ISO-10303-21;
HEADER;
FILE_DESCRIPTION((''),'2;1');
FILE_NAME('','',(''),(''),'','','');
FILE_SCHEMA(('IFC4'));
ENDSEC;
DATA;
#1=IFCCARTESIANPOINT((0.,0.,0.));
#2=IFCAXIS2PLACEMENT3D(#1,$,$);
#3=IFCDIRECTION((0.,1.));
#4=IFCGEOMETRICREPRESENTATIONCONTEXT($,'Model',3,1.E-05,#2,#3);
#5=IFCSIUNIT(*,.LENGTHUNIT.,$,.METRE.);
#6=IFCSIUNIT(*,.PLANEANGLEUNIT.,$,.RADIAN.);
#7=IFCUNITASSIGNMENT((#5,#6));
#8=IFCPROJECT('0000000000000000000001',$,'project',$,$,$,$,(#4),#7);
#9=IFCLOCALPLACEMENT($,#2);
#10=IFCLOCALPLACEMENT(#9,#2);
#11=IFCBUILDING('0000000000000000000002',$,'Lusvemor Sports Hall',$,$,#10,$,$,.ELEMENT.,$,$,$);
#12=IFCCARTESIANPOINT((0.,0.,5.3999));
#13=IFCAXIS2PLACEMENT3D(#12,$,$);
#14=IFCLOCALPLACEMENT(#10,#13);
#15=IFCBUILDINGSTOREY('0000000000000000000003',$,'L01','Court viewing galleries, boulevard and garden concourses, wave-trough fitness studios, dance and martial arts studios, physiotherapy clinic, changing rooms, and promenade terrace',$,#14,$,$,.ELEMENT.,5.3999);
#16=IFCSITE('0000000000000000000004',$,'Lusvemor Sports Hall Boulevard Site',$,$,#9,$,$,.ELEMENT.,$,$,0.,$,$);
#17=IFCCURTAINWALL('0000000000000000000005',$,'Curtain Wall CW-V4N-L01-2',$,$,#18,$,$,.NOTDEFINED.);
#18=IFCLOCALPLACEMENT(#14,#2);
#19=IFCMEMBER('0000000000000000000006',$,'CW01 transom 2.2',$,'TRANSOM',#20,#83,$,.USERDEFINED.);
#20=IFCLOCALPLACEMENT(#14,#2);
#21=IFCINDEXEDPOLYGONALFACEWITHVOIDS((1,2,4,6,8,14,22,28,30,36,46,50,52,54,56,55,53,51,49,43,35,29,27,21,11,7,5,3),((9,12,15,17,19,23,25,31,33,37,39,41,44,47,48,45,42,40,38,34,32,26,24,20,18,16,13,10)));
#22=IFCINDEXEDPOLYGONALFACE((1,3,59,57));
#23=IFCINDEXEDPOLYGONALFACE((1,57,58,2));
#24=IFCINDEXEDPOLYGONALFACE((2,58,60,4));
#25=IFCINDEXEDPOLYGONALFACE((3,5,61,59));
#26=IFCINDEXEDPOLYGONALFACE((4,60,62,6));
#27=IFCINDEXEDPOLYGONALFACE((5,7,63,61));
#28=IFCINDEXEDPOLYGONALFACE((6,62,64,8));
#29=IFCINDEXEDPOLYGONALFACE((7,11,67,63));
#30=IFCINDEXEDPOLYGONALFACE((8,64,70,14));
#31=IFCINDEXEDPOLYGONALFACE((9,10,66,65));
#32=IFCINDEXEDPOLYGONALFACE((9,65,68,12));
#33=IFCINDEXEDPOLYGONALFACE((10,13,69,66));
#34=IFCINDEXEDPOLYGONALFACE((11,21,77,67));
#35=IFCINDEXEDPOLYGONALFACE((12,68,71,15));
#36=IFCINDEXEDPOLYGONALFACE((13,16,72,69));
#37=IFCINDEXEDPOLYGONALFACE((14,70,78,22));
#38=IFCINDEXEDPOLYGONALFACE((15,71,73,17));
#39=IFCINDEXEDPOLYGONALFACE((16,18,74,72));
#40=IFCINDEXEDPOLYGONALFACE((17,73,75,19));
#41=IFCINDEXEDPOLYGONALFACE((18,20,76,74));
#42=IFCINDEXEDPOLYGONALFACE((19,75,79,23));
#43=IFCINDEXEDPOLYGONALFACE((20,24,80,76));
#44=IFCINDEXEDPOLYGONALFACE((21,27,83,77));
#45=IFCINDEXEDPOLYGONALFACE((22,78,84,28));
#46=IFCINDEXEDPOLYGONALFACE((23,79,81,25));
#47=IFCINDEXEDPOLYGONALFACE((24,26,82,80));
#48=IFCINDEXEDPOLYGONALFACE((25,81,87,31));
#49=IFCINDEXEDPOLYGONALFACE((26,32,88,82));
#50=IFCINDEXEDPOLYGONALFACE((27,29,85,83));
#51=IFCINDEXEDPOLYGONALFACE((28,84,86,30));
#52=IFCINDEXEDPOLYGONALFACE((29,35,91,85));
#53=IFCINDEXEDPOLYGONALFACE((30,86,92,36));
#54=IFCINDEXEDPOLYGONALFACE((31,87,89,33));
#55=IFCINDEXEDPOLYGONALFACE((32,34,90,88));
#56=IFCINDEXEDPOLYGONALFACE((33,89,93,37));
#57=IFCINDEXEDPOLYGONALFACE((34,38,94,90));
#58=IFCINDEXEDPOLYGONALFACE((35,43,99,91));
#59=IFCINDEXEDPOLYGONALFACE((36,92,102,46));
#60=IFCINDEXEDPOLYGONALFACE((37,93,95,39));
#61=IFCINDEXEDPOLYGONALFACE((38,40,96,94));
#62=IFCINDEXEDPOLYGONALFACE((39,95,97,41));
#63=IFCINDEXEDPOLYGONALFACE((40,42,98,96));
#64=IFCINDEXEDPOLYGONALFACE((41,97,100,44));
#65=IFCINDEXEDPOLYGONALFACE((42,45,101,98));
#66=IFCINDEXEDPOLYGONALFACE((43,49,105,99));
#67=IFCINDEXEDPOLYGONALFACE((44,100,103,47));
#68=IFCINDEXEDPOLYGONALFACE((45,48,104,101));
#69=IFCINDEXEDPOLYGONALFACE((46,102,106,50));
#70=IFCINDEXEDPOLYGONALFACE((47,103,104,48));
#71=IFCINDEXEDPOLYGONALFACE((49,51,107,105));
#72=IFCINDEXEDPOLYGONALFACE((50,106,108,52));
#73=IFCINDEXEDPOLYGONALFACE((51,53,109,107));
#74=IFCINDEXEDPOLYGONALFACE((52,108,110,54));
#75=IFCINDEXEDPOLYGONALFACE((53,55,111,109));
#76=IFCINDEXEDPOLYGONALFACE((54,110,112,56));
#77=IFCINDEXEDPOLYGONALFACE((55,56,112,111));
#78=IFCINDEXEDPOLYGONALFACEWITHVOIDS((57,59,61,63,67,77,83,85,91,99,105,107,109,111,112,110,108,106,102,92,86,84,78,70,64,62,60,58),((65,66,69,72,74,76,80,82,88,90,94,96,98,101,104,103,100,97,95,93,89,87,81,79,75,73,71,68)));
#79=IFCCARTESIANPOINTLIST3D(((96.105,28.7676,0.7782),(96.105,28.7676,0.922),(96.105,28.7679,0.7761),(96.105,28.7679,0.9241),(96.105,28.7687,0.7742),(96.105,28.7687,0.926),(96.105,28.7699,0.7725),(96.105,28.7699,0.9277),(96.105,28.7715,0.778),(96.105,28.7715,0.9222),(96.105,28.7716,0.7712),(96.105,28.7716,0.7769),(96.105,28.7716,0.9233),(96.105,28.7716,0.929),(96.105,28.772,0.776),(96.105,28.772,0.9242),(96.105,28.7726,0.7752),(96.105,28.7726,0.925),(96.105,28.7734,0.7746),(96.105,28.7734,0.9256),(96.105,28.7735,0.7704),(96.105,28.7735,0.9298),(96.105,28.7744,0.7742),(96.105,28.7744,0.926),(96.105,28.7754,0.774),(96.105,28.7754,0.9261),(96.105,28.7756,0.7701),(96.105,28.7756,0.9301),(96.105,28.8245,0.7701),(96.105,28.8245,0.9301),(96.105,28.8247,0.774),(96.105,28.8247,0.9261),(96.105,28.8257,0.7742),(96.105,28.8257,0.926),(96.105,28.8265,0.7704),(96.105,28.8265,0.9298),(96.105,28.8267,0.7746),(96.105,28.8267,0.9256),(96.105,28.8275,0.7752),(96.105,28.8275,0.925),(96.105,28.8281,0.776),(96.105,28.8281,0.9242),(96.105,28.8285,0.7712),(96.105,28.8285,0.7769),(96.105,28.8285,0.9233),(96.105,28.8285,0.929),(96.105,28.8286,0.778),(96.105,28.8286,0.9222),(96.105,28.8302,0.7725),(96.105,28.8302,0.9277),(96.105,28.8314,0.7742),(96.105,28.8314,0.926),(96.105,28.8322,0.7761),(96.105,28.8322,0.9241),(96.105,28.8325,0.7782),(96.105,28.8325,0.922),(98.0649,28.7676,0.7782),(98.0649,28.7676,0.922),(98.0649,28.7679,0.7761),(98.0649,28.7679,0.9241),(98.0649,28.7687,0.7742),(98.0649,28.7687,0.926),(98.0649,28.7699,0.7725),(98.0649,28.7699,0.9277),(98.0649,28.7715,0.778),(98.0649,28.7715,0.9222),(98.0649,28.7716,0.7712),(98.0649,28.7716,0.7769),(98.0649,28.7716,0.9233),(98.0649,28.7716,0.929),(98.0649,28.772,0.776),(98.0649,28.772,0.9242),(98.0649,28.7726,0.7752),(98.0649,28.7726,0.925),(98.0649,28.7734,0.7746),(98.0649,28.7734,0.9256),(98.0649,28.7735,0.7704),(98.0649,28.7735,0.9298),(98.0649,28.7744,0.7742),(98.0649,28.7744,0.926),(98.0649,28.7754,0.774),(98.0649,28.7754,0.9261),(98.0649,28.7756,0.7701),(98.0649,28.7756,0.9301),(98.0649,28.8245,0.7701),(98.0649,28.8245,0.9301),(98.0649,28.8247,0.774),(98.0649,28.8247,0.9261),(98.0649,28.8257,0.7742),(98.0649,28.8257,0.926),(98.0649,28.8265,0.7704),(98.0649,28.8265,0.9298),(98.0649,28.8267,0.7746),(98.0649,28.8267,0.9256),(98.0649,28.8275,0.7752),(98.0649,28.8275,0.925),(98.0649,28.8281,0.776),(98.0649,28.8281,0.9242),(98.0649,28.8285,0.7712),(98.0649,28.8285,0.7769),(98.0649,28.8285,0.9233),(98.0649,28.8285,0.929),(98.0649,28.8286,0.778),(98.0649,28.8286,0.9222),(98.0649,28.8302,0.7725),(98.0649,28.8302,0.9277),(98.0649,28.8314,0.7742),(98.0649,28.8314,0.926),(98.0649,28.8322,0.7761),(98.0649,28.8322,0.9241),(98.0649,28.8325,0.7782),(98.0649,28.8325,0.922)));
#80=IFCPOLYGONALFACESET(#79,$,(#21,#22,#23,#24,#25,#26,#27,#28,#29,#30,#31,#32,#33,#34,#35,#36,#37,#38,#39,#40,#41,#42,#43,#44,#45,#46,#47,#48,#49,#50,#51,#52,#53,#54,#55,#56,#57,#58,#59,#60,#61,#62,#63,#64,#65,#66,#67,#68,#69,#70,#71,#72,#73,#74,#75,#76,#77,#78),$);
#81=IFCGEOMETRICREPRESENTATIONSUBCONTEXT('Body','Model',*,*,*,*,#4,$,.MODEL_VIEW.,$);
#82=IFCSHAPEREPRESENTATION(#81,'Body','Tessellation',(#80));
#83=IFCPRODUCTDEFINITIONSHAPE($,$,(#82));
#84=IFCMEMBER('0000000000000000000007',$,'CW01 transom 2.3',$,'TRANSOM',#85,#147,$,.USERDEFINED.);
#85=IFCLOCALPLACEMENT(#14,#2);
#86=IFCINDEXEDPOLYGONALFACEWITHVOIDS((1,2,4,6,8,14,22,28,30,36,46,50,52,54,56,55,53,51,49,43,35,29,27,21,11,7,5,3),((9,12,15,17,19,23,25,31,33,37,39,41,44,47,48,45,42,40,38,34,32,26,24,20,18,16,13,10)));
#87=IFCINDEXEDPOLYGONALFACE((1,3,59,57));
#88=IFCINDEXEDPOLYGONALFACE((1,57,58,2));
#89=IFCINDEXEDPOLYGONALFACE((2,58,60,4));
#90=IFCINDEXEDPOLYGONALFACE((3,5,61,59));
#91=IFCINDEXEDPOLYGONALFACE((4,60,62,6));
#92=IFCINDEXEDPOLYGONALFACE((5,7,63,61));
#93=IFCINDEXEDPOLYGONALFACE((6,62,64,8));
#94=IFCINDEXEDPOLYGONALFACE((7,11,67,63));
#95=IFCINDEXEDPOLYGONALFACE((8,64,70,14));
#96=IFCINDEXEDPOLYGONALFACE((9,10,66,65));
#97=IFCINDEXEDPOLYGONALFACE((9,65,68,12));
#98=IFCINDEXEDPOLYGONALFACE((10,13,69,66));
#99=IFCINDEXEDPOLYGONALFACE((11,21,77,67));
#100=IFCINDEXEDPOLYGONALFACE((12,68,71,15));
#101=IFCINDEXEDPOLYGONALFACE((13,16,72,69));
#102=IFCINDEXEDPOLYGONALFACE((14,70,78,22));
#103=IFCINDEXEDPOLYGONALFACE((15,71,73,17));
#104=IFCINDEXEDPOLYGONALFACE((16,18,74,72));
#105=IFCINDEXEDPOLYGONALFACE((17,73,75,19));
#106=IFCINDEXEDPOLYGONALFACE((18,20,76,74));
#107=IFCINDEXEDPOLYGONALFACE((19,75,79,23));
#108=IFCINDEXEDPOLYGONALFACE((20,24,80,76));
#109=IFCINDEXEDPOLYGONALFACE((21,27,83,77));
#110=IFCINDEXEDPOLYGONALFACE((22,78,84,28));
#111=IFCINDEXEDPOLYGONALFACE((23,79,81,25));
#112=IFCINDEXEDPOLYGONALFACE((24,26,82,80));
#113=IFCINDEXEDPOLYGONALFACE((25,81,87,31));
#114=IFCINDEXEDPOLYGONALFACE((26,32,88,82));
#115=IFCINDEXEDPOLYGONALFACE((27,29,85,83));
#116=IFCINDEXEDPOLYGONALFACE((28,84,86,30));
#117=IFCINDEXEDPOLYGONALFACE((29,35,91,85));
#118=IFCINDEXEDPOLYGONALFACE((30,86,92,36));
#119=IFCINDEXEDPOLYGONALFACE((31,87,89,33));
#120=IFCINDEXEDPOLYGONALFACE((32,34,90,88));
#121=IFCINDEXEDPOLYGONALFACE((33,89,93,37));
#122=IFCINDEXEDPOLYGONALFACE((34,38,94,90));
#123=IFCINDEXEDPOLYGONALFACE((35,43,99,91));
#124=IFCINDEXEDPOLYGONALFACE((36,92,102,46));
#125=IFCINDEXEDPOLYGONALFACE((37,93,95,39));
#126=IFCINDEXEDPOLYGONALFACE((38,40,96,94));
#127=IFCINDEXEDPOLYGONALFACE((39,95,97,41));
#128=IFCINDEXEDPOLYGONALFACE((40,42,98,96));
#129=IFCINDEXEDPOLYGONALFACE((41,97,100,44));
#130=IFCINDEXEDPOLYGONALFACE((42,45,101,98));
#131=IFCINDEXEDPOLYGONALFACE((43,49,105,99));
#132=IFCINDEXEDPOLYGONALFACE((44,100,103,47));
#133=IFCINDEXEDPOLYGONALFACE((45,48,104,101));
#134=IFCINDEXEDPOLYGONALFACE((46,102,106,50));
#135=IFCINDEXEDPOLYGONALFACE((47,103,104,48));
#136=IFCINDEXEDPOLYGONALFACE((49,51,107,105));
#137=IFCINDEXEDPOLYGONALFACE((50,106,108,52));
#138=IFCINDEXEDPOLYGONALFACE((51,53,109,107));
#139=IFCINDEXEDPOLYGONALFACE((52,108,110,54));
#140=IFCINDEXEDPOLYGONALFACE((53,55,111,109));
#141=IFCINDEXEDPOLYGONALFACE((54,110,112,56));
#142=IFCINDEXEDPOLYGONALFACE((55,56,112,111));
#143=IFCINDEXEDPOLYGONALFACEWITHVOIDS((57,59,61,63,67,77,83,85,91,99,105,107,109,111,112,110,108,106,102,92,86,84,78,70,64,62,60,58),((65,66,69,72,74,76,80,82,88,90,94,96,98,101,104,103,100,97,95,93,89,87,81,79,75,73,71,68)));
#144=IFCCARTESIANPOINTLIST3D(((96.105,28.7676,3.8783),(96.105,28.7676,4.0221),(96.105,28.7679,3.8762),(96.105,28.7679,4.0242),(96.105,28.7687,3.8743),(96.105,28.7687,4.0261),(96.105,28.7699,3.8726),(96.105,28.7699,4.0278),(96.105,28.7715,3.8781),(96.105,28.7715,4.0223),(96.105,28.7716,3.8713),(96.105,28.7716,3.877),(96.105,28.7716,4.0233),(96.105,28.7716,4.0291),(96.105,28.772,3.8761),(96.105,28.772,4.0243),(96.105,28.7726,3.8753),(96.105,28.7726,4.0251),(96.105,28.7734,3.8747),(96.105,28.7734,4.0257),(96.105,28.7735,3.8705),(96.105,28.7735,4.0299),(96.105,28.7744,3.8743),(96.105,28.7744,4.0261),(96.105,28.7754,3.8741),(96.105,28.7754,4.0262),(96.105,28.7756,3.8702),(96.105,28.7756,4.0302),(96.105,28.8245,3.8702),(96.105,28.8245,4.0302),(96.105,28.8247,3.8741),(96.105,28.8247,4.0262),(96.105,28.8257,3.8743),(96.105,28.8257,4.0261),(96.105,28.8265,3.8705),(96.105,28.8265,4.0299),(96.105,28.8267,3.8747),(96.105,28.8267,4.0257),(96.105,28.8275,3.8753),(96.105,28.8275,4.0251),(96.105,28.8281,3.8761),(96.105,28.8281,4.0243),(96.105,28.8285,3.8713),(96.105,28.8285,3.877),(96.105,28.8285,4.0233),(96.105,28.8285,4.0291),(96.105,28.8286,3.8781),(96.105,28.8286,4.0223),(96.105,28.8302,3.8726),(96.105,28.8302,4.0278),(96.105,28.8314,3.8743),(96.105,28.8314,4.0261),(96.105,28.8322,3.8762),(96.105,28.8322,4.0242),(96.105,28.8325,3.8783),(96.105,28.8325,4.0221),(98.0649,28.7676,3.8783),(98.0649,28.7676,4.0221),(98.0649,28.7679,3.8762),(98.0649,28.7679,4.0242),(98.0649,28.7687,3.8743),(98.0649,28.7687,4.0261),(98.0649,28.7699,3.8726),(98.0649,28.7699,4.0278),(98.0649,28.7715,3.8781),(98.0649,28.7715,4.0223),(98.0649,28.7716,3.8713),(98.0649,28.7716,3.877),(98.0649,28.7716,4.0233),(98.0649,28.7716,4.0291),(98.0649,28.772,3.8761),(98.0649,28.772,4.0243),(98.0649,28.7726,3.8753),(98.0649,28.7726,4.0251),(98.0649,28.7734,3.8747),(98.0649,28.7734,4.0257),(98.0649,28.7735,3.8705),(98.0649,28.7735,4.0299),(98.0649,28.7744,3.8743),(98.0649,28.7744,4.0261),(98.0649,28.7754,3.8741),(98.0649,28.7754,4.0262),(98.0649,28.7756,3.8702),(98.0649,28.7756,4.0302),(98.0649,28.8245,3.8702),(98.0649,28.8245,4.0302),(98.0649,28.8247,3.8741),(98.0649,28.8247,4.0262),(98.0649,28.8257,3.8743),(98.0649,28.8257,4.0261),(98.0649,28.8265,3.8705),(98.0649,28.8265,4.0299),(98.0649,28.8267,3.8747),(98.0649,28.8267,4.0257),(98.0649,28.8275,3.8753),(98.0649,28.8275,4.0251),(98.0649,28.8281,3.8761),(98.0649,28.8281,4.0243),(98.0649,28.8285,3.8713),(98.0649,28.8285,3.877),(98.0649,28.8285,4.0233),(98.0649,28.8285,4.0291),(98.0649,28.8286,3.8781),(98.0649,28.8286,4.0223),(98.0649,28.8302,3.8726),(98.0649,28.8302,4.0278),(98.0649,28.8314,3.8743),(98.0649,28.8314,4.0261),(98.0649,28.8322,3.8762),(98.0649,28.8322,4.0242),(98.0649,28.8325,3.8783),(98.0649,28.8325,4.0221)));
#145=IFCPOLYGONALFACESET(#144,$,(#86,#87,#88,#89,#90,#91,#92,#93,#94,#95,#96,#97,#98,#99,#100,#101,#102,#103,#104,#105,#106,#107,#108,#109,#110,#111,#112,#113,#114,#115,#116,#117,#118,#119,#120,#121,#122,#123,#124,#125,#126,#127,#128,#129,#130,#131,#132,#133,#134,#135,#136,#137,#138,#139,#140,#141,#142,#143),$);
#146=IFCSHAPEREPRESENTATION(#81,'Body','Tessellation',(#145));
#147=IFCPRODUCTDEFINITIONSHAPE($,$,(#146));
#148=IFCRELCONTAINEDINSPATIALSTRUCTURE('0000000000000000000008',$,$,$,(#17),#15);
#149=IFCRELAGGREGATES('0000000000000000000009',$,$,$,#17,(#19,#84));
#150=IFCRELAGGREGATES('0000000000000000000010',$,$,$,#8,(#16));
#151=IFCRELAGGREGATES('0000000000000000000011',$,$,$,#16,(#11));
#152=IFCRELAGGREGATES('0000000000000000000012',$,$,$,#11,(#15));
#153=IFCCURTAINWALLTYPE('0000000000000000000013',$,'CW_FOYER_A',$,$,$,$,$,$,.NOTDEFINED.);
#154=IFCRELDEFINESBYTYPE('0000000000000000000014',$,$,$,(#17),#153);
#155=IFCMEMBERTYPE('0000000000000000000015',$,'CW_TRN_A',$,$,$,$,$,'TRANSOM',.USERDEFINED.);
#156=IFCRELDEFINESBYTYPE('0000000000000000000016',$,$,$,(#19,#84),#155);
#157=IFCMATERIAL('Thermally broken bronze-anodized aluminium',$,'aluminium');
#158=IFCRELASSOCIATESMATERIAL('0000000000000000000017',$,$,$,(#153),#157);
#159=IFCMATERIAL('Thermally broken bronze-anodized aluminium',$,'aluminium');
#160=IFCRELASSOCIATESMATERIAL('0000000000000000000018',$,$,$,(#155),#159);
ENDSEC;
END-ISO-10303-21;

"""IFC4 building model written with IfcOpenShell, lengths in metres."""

from ifc_helpers import new_model, si_unit, direction, frame, origin, origin_2d, place, context, subcontext, project, spatial, hollow_rectangle, extrude, material, material_profile, profile_set, type_object, element, aggregate, save


model = new_model("IFC4")

# Units and contexts
model_context = context("Model", 3, precision=1e-05, world=origin(), true_north=direction((0.0, 1.0)))
body_context = subcontext(model_context, "Body", "Model", "MODEL_VIEW")
ifc_project = project(units=[si_unit("LENGTHUNIT", "METRE"), si_unit("PLANEANGLEUNIT", "RADIAN")], contexts=[model_context])

# Site, building, storey
site_placement = place(None, origin())
site = spatial("IfcSite", under=ifc_project, at=site_placement, Name="Lusvemor Sports Hall Boulevard Site", CompositionType="ELEMENT", RefElevation=0.0)
building_placement = place(site_placement, origin())
building = spatial("IfcBuilding", under=site, at=building_placement, Name="Lusvemor Sports Hall", CompositionType="ELEMENT")
storey_placement = place(building_placement, frame((0.0, 0.0, 5.3999)))
storey = spatial("IfcBuildingStorey", under=building, at=storey_placement, Name="L01", Description="Court viewing galleries, boulevard and garden concourses, wave-trough fitness studios, dance and martial arts studios, physiotherapy clinic, changing rooms, and promenade terrace", CompositionType="ELEMENT", Elevation=5.3999)

# Curtain wall
ifc_material_1 = material(Name="Thermally broken bronze-anodized aluminium", Category="aluminium")
curtain_wall_type = type_object("IfcCurtainWallType", Name="CW_FOYER_A", PredefinedType="NOTDEFINED", material=ifc_material_1)
curtain_wall_1_placement = place(storey_placement, origin())
curtain_wall_1 = element("IfcCurtainWall", 1, at=curtain_wall_1_placement, inside=storey, type_object=curtain_wall_type, Name="Curtain Wall CW-V4N-L01-2", PredefinedType="NOTDEFINED")

# Members
ifc_material_2 = material(Name="Thermally broken bronze-anodized aluminium", Category="aluminium")
ifc_material_profile_1 = material_profile(ifc_material_2, hollow_rectangle(XDim=0.0649, YDim=0.1599, WallThickness=0.0039, InnerFilletRadius=0.0039, OuterFilletRadius=0.0081, at=origin_2d()), Name="CWTRN160x65x4")
ifc_profile_set_1 = profile_set([ifc_material_profile_1], Name="Thermally broken bronze-anodized aluminium")
member_type_1 = type_object("IfcMemberType", Name="CW_TRN_A", ElementType="TRANSOM", PredefinedType="USERDEFINED", material=ifc_profile_set_1)
member_1_placement = place(storey_placement, frame((96.105, 28.8, 0.8501), z_axis=(1.0, 0.0, 0.0), x_axis=(0.0, 1.0, 0.0)))
member_1 = element("IfcMember", 2, at=member_1_placement, type_object=member_type_1, Name="CW01 transom 2.2", ObjectType="TRANSOM", PredefinedType="USERDEFINED", context=body_context, shape_type="SweptSolid", body=[
    extrude(hollow_rectangle(XDim=0.0649, YDim=0.1599, WallThickness=0.0039, InnerFilletRadius=0.0039, OuterFilletRadius=0.0081, at=origin_2d()), origin(), (0.0, 0.0, 1.0), 1.96),
])
member_2_placement = place(storey_placement, frame((96.105, 28.8, 3.9502), z_axis=(1.0, 0.0, 0.0), x_axis=(0.0, 1.0, 0.0)))
member_2 = element("IfcMember", 3, at=member_2_placement, type_object=member_type_1, Name="CW01 transom 2.3", ObjectType="TRANSOM", PredefinedType="USERDEFINED", context=body_context, shape_type="SweptSolid", body=[
    extrude(hollow_rectangle(XDim=0.0649, YDim=0.1599, WallThickness=0.0039, InnerFilletRadius=0.0039, OuterFilletRadius=0.0081, at=origin_2d()), origin(), (0.0, 0.0, 1.0), 1.96),
])

aggregate(curtain_wall_1, [member_1, member_2])

save(model, "model.ifc")
